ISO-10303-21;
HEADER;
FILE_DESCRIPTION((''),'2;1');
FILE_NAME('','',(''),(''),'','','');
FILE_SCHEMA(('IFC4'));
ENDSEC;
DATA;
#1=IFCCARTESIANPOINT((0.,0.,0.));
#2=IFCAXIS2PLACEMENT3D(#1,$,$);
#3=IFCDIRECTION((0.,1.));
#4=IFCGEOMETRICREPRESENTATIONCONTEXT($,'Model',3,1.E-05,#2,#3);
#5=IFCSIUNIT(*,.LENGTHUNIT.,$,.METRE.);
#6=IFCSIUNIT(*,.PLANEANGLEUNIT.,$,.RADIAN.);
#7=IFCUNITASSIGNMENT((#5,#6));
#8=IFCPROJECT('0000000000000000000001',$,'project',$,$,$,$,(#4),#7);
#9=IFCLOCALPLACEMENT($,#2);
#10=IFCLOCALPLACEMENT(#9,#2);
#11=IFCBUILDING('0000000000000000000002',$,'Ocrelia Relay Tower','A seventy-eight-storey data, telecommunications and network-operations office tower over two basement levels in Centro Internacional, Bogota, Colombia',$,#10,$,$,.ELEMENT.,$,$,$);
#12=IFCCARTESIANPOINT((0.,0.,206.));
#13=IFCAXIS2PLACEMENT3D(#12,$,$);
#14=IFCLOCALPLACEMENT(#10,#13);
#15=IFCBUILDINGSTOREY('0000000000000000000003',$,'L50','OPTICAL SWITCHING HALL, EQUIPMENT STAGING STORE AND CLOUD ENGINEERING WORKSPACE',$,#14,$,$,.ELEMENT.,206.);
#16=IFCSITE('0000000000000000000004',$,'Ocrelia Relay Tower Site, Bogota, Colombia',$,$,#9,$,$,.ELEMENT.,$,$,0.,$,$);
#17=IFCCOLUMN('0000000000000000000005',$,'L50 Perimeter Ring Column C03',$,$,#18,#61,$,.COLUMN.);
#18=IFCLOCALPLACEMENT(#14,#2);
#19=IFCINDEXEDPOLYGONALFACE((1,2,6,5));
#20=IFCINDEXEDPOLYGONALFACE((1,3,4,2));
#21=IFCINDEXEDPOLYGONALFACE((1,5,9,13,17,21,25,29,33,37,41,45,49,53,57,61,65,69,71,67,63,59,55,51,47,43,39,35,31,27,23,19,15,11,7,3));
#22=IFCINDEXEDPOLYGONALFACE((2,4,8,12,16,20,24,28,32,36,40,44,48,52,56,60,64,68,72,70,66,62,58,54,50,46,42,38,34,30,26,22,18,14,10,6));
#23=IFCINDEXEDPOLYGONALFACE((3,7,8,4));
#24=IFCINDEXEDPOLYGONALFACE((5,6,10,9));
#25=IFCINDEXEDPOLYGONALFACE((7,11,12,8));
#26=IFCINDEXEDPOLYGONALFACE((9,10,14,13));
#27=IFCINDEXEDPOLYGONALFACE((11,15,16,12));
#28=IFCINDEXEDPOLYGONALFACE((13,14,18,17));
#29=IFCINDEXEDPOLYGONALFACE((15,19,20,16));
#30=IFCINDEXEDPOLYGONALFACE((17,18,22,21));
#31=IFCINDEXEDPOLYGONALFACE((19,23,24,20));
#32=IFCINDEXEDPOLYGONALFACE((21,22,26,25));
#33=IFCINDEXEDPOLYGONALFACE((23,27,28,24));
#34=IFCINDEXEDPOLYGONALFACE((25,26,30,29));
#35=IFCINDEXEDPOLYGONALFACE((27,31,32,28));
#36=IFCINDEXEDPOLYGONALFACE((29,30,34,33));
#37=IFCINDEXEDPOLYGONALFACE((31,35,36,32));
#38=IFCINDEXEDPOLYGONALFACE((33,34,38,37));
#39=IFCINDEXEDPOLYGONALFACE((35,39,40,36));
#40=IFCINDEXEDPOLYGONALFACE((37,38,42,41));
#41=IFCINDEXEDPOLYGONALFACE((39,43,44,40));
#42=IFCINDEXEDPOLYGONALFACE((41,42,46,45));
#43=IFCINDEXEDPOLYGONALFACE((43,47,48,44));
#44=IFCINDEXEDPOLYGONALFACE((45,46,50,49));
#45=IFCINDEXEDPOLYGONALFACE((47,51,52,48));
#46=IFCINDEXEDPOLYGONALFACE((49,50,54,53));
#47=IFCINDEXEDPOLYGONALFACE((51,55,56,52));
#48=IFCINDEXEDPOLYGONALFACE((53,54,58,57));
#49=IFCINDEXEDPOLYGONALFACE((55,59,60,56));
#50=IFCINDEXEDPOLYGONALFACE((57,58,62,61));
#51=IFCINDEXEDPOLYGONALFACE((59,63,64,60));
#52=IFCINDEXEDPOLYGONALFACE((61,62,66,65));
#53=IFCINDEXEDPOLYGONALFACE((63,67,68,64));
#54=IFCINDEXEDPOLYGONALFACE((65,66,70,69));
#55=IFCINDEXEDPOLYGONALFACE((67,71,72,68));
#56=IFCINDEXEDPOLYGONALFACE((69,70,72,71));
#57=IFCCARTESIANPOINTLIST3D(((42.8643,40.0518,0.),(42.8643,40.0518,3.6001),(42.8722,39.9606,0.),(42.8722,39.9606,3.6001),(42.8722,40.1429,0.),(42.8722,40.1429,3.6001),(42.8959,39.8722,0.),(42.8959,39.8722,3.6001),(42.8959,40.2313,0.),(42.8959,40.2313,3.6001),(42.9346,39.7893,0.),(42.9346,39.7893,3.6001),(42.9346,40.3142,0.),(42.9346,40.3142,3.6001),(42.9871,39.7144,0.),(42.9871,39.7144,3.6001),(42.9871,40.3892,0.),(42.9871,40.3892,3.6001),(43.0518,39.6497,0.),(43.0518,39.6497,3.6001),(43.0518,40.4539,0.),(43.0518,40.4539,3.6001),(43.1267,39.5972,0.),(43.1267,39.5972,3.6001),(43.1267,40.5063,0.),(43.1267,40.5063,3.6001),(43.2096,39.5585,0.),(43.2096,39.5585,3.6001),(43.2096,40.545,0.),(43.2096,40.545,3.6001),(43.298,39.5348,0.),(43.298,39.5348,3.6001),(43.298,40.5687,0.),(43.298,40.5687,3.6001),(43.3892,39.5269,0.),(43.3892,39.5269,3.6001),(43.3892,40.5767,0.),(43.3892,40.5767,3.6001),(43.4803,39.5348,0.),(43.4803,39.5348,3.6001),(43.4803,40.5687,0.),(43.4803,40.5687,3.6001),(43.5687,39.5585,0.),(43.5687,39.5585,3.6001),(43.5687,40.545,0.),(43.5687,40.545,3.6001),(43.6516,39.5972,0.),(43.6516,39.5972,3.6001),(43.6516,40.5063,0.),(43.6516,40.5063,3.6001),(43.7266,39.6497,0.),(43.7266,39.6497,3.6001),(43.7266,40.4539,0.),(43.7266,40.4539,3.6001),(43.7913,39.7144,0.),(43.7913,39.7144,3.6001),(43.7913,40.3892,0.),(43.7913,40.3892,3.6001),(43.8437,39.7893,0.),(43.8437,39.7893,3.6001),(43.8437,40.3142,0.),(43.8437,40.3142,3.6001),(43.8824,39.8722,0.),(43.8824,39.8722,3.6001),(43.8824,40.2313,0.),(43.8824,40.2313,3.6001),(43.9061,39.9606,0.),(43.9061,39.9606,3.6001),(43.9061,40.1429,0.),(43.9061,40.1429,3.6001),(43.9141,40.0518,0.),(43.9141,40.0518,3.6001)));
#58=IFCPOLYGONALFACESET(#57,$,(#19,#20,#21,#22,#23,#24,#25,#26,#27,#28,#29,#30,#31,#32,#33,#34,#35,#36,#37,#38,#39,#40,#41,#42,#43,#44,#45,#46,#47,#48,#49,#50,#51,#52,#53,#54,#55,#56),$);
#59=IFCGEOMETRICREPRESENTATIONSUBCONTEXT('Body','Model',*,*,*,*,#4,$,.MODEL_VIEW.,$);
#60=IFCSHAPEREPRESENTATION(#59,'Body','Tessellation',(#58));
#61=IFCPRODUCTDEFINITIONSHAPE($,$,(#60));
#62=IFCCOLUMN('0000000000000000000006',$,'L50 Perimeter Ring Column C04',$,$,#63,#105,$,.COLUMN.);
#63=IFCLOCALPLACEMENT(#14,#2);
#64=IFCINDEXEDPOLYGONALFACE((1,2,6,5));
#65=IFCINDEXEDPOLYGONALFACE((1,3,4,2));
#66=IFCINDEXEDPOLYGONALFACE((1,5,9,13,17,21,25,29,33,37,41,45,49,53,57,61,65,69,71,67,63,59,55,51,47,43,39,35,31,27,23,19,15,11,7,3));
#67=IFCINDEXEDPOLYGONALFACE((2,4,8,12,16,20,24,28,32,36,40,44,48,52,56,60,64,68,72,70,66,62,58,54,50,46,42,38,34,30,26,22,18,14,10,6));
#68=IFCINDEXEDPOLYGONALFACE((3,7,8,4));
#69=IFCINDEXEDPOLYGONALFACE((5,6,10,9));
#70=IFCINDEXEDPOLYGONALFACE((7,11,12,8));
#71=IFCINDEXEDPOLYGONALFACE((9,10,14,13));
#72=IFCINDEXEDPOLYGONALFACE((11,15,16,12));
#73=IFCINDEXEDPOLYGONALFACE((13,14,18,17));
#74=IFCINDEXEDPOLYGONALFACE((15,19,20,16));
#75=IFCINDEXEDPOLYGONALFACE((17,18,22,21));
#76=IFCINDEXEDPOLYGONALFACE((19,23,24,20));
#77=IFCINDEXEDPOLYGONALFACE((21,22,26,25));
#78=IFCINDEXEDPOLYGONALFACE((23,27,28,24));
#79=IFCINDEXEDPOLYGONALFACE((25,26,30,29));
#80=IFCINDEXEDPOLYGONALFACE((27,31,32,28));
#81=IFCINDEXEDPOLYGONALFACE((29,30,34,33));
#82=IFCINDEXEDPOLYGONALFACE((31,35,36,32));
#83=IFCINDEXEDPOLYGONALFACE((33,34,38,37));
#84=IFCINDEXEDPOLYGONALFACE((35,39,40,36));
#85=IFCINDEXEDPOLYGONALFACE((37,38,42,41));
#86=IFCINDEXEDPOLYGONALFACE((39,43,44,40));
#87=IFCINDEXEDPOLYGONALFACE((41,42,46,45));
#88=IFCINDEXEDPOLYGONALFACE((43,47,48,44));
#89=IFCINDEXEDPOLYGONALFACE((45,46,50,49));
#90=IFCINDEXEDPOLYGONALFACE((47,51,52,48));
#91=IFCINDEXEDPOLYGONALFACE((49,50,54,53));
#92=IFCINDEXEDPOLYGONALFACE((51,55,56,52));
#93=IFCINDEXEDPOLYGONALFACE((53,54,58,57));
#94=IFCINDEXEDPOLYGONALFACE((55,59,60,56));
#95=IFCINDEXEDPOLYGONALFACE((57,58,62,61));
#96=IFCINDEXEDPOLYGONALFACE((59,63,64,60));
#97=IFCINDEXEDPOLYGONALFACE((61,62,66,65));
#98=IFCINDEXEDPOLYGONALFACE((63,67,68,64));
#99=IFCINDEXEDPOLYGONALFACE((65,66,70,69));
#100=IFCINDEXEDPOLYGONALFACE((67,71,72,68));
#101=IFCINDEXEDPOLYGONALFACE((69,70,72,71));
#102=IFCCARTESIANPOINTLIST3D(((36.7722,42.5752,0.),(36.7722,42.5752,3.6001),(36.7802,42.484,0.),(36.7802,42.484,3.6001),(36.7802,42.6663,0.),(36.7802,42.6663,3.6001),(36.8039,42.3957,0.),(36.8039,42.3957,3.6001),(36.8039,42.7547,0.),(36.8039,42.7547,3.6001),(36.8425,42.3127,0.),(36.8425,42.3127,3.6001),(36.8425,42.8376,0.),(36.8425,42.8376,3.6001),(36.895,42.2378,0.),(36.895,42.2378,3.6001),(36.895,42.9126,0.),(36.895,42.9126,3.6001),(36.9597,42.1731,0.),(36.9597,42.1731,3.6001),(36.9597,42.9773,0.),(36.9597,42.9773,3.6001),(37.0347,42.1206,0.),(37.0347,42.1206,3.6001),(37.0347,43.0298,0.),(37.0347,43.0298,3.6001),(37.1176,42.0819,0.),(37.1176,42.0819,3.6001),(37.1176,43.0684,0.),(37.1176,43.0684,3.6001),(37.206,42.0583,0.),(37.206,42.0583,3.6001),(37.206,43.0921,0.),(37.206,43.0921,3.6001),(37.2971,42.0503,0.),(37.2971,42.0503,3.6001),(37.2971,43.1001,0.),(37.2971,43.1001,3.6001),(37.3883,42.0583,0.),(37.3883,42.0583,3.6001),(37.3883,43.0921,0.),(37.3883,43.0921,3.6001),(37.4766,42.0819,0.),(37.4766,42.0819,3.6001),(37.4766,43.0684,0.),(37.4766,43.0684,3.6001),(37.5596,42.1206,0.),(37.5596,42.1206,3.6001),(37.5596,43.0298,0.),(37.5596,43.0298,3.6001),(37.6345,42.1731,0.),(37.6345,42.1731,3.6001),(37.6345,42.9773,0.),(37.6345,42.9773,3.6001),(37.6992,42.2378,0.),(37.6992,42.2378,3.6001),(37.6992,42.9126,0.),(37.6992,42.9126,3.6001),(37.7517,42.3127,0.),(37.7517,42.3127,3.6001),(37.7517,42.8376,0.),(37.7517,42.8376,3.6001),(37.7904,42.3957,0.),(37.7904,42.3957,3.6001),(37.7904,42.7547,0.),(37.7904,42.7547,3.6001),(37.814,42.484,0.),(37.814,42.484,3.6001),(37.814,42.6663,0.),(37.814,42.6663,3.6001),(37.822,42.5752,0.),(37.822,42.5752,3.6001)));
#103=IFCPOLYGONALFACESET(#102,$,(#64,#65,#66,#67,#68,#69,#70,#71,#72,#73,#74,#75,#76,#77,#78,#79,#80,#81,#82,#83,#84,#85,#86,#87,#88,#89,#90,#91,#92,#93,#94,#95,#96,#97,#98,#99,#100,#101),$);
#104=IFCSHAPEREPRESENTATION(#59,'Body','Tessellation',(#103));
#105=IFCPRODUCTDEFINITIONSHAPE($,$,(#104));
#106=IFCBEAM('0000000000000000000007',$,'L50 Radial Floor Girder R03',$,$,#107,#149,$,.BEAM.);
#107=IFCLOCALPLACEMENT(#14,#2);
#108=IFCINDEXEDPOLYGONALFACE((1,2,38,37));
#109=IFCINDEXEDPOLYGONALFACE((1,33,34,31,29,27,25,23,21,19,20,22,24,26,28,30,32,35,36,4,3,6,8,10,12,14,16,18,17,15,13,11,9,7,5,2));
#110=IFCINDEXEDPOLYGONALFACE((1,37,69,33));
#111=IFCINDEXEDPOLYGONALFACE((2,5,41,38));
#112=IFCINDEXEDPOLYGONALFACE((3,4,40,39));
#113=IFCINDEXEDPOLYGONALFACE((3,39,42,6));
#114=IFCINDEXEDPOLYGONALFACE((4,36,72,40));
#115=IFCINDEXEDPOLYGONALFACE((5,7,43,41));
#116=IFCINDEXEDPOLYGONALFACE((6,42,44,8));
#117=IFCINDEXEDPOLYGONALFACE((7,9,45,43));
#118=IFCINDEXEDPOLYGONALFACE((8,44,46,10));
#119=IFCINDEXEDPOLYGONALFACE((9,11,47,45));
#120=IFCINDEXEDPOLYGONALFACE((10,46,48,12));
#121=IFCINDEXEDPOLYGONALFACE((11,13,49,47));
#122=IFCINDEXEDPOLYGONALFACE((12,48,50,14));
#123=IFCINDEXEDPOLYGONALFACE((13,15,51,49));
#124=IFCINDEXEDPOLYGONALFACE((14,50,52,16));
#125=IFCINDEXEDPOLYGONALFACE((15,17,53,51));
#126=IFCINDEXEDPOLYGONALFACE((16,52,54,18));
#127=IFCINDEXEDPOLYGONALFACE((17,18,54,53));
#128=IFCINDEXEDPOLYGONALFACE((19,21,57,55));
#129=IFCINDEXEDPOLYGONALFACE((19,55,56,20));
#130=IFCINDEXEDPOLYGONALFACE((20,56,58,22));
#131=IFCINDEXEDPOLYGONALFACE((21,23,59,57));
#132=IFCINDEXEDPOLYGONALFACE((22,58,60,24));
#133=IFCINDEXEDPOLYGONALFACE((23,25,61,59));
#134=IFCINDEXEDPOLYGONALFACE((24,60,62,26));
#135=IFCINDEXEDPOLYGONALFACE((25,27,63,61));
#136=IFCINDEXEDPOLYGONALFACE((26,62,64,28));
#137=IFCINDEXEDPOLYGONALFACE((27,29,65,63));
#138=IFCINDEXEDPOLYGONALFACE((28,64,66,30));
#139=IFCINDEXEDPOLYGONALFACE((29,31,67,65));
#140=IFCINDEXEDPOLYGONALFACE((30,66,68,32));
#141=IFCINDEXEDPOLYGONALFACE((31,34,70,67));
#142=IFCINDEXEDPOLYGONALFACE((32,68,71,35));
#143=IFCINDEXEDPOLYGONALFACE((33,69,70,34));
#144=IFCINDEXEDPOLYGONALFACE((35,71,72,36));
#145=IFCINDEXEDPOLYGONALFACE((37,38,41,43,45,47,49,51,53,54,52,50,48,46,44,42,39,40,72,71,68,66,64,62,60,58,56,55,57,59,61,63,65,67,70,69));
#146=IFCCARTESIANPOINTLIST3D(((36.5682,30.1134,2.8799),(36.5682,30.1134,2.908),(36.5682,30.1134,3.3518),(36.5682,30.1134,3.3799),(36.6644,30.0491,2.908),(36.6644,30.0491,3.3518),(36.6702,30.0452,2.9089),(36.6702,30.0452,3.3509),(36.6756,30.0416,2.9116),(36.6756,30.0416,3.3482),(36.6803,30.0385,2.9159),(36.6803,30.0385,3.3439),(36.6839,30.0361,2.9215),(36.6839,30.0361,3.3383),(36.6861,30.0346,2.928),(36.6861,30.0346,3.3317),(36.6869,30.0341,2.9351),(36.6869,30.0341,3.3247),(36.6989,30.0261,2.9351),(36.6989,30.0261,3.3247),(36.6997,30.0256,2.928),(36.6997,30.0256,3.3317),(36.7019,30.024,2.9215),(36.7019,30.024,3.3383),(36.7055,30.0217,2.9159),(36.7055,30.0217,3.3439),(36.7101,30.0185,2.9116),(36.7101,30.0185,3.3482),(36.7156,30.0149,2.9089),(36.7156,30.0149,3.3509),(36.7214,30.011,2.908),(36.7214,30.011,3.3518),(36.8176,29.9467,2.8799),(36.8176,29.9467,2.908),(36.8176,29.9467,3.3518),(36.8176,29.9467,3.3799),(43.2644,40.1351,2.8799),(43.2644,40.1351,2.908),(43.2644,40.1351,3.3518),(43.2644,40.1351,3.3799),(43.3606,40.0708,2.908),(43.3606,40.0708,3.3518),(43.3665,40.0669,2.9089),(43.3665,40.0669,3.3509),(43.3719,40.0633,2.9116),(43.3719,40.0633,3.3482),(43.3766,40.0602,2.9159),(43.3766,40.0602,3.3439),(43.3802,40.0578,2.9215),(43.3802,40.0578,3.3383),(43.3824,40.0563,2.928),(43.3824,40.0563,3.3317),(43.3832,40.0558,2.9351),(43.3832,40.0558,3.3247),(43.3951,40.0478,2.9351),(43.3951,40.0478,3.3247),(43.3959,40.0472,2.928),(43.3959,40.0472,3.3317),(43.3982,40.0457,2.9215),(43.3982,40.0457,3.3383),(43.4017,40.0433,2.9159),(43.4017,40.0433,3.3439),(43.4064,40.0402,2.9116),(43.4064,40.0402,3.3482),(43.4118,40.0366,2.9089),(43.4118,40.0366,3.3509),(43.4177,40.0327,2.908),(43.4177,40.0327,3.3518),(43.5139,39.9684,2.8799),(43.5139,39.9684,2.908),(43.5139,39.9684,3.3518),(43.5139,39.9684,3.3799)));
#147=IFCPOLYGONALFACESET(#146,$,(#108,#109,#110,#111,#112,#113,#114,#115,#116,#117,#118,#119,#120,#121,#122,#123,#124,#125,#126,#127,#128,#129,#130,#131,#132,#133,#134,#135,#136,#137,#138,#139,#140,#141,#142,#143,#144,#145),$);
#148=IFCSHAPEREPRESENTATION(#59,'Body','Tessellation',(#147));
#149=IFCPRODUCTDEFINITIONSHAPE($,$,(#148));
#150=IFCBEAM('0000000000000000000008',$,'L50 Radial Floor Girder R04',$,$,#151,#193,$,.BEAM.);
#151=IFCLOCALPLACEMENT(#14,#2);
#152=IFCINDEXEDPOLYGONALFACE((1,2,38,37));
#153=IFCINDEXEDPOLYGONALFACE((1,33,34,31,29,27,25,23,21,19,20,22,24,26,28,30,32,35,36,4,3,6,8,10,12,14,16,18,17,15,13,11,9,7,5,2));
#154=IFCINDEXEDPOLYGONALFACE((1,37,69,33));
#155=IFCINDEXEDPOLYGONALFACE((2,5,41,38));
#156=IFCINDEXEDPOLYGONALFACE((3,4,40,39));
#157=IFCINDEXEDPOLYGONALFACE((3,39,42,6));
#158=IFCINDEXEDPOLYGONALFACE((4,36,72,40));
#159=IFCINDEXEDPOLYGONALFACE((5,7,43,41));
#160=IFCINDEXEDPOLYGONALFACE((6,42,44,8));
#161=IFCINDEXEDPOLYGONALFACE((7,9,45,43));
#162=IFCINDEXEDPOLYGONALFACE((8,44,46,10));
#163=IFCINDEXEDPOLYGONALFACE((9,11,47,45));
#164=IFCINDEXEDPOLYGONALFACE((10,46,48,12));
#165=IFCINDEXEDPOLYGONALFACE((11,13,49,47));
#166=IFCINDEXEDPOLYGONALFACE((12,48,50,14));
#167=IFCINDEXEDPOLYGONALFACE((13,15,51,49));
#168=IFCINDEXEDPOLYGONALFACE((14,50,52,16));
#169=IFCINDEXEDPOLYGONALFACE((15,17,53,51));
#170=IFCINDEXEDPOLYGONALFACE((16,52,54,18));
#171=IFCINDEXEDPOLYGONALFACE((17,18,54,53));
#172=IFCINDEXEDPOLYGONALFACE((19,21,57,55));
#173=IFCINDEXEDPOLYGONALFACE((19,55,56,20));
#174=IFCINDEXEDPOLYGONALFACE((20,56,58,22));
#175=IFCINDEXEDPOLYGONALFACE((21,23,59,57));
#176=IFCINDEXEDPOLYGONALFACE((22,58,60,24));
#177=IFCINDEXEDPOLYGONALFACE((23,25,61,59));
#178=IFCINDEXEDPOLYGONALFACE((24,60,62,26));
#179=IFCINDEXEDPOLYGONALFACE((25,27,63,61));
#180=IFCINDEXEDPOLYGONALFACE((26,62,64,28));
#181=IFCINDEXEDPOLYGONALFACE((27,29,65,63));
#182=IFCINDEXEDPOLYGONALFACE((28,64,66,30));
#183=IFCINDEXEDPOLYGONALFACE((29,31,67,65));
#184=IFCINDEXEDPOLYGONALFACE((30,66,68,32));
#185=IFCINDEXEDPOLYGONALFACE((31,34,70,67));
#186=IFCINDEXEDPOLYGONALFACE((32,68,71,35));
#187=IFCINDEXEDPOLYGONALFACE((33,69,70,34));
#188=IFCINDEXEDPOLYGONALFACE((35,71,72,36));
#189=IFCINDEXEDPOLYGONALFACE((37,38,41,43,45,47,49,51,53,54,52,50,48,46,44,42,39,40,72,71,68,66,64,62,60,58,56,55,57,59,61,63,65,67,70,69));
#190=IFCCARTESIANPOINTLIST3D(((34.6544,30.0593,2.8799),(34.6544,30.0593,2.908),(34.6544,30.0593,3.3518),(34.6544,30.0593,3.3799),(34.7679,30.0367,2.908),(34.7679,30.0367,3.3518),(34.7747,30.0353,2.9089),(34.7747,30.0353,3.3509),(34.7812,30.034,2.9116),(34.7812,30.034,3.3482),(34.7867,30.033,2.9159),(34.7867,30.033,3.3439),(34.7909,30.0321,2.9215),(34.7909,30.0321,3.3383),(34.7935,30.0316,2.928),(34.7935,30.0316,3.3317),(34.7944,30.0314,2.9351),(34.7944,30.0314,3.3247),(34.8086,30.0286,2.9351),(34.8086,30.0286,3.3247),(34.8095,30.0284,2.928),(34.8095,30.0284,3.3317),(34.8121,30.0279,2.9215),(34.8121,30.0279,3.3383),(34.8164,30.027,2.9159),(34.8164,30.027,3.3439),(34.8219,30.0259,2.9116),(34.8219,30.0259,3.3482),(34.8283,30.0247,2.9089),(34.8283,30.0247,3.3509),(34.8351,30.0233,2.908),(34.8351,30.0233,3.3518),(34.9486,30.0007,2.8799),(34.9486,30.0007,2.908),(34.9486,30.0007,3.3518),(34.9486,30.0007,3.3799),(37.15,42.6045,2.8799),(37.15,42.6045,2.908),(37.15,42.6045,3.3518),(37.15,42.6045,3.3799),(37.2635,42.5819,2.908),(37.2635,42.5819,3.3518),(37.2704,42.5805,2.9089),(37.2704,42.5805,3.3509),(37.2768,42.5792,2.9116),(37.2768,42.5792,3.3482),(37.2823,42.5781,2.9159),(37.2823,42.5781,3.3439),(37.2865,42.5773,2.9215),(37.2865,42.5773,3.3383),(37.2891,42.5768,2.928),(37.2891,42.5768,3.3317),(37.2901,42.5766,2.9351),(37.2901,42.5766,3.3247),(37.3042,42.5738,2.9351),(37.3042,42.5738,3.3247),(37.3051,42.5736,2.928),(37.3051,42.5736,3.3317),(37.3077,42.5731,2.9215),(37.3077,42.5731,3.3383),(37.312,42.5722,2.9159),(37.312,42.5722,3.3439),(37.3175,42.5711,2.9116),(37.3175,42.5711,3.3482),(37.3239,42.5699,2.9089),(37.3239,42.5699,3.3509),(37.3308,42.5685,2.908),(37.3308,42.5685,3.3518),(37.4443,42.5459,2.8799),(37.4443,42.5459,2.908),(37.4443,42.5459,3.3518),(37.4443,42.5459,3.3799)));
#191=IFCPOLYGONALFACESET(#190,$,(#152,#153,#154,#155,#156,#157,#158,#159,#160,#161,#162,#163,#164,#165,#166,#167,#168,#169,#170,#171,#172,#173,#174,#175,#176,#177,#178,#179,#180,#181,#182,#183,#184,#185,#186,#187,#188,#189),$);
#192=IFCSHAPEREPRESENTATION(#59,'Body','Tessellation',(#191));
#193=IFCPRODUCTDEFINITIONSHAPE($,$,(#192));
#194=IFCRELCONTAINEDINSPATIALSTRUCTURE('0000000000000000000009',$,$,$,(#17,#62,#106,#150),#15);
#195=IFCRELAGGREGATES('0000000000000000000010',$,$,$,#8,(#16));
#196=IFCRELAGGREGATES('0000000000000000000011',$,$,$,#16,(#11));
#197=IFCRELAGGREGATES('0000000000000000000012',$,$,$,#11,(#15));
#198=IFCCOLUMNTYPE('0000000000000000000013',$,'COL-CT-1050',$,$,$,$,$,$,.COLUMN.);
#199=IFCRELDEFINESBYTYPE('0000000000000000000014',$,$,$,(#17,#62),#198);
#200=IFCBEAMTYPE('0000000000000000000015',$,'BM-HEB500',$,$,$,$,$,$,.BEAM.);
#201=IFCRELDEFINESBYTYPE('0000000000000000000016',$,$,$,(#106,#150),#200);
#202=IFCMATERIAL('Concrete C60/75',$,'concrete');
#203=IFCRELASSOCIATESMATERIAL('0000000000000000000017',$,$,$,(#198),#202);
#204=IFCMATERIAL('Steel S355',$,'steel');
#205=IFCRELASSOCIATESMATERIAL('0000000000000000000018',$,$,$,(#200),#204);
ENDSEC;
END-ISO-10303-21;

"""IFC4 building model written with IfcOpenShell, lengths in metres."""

from ifc_helpers import new_model, si_unit, direction, frame, origin, origin_2d, place, context, subcontext, project, spatial, circle, i_section, extrude, material, material_profile, profile_set, type_object, element, save


model = new_model("IFC4")

# Units and contexts
model_context = context("Model", 3, precision=1e-05, world=origin(), true_north=direction((0.0, 1.0)))
body_context = subcontext(model_context, "Body", "Model", "MODEL_VIEW")
ifc_project = project(units=[si_unit("LENGTHUNIT", "METRE"), si_unit("PLANEANGLEUNIT", "RADIAN")], contexts=[model_context])

# Site, building, storey
site_placement = place(None, origin())
site = spatial("IfcSite", under=ifc_project, at=site_placement, Name="Ocrelia Relay Tower Site, Bogota, Colombia", CompositionType="ELEMENT", RefElevation=0.0)
building_placement = place(site_placement, origin())
building = spatial("IfcBuilding", under=site, at=building_placement, Name="Ocrelia Relay Tower", Description="A seventy-eight-storey data, telecommunications and network-operations office tower over two basement levels in Centro Internacional, Bogota, Colombia", CompositionType="ELEMENT")
storey_placement = place(building_placement, frame((0.0, 0.0, 206.0)))
storey = spatial("IfcBuildingStorey", under=building, at=storey_placement, Name="L50", Description="OPTICAL SWITCHING HALL, EQUIPMENT STAGING STORE AND CLOUD ENGINEERING WORKSPACE", CompositionType="ELEMENT", Elevation=206.0)

# Columns
ifc_material_1 = material(Name="Concrete C60/75", Category="concrete")
ifc_material_profile_1 = material_profile(ifc_material_1, circle(Radius=0.5249, at=origin_2d()), Name="RC-CIR-1050")
ifc_profile_set_1 = profile_set([ifc_material_profile_1], Name="Concrete C60/75")
column_type = type_object("IfcColumnType", Name="COL-CT-1050", PredefinedType="COLUMN", material=ifc_profile_set_1)
for number, where, z_axis, x_axis, name in (
    (1, (43.3892, 40.0518, 0.0), (0.0, 0.0, 1.0), (1.0, 0.0, 0.0), "L50 Perimeter Ring Column C03"),
    (2, (37.2971, 42.5752, 0.0), (0.0, 0.0, 1.0), (1.0, 0.0, 0.0), "L50 Perimeter Ring Column C04"),
):
    element("IfcColumn", number, at=place(storey_placement, frame(where, z_axis=z_axis, x_axis=x_axis)), inside=storey, type_object=column_type, Name=name, PredefinedType="COLUMN", context=body_context, shape_type="SweptSolid", body=[
        extrude(circle(Radius=0.5249, at=origin_2d()), origin(), (0.0, 0.0, 1.0), 3.6001),
    ])

# Beams
ifc_material_2 = material(Name="Steel S355", Category="steel")
ifc_material_profile_2 = material_profile(ifc_material_2, i_section(OverallWidth=0.3, OverallDepth=0.5, WebThickness=0.0144, FlangeThickness=0.0281, FilletRadius=0.0271, at=origin_2d()), Name="HEB 500")
ifc_profile_set_2 = profile_set([ifc_material_profile_2], Name="Steel S355")
beam_type_1 = type_object("IfcBeamType", Name="BM-HEB500", PredefinedType="BEAM", material=ifc_profile_set_2)
beam_1_placement = place(storey_placement, frame((43.3892, 40.0518, 3.1299), z_axis=(-0.555569, -0.83147, 0.0), x_axis=(0.83147, -0.555569, 0.0)))
element("IfcBeam", 3, at=beam_1_placement, inside=storey, type_object=beam_type_1, Name="L50 Radial Floor Girder R03", PredefinedType="BEAM", context=body_context, shape_type="SweptSolid", body=[
    extrude(i_section(OverallWidth=0.3, OverallDepth=0.5, WebThickness=0.0144, FlangeThickness=0.0281, FilletRadius=0.0271, at=origin_2d()), origin(), (0.0, 0.0, 1.0), 12.053),
])
beam_2_placement = place(storey_placement, frame((37.2971, 42.5752, 3.1299), z_axis=(-0.195107, -0.980782, 0.0), x_axis=(0.980782, -0.195107, 0.0)))
element("IfcBeam", 4, at=beam_2_placement, inside=storey, type_object=beam_type_1, Name="L50 Radial Floor Girder R04", PredefinedType="BEAM", context=body_context, shape_type="SweptSolid", body=[
    extrude(i_section(OverallWidth=0.3, OverallDepth=0.5, WebThickness=0.0144, FlangeThickness=0.0281, FilletRadius=0.0271, at=origin_2d()), origin(), (0.0, 0.0, 1.0), 12.791),
])

save(model, "model.ifc")
